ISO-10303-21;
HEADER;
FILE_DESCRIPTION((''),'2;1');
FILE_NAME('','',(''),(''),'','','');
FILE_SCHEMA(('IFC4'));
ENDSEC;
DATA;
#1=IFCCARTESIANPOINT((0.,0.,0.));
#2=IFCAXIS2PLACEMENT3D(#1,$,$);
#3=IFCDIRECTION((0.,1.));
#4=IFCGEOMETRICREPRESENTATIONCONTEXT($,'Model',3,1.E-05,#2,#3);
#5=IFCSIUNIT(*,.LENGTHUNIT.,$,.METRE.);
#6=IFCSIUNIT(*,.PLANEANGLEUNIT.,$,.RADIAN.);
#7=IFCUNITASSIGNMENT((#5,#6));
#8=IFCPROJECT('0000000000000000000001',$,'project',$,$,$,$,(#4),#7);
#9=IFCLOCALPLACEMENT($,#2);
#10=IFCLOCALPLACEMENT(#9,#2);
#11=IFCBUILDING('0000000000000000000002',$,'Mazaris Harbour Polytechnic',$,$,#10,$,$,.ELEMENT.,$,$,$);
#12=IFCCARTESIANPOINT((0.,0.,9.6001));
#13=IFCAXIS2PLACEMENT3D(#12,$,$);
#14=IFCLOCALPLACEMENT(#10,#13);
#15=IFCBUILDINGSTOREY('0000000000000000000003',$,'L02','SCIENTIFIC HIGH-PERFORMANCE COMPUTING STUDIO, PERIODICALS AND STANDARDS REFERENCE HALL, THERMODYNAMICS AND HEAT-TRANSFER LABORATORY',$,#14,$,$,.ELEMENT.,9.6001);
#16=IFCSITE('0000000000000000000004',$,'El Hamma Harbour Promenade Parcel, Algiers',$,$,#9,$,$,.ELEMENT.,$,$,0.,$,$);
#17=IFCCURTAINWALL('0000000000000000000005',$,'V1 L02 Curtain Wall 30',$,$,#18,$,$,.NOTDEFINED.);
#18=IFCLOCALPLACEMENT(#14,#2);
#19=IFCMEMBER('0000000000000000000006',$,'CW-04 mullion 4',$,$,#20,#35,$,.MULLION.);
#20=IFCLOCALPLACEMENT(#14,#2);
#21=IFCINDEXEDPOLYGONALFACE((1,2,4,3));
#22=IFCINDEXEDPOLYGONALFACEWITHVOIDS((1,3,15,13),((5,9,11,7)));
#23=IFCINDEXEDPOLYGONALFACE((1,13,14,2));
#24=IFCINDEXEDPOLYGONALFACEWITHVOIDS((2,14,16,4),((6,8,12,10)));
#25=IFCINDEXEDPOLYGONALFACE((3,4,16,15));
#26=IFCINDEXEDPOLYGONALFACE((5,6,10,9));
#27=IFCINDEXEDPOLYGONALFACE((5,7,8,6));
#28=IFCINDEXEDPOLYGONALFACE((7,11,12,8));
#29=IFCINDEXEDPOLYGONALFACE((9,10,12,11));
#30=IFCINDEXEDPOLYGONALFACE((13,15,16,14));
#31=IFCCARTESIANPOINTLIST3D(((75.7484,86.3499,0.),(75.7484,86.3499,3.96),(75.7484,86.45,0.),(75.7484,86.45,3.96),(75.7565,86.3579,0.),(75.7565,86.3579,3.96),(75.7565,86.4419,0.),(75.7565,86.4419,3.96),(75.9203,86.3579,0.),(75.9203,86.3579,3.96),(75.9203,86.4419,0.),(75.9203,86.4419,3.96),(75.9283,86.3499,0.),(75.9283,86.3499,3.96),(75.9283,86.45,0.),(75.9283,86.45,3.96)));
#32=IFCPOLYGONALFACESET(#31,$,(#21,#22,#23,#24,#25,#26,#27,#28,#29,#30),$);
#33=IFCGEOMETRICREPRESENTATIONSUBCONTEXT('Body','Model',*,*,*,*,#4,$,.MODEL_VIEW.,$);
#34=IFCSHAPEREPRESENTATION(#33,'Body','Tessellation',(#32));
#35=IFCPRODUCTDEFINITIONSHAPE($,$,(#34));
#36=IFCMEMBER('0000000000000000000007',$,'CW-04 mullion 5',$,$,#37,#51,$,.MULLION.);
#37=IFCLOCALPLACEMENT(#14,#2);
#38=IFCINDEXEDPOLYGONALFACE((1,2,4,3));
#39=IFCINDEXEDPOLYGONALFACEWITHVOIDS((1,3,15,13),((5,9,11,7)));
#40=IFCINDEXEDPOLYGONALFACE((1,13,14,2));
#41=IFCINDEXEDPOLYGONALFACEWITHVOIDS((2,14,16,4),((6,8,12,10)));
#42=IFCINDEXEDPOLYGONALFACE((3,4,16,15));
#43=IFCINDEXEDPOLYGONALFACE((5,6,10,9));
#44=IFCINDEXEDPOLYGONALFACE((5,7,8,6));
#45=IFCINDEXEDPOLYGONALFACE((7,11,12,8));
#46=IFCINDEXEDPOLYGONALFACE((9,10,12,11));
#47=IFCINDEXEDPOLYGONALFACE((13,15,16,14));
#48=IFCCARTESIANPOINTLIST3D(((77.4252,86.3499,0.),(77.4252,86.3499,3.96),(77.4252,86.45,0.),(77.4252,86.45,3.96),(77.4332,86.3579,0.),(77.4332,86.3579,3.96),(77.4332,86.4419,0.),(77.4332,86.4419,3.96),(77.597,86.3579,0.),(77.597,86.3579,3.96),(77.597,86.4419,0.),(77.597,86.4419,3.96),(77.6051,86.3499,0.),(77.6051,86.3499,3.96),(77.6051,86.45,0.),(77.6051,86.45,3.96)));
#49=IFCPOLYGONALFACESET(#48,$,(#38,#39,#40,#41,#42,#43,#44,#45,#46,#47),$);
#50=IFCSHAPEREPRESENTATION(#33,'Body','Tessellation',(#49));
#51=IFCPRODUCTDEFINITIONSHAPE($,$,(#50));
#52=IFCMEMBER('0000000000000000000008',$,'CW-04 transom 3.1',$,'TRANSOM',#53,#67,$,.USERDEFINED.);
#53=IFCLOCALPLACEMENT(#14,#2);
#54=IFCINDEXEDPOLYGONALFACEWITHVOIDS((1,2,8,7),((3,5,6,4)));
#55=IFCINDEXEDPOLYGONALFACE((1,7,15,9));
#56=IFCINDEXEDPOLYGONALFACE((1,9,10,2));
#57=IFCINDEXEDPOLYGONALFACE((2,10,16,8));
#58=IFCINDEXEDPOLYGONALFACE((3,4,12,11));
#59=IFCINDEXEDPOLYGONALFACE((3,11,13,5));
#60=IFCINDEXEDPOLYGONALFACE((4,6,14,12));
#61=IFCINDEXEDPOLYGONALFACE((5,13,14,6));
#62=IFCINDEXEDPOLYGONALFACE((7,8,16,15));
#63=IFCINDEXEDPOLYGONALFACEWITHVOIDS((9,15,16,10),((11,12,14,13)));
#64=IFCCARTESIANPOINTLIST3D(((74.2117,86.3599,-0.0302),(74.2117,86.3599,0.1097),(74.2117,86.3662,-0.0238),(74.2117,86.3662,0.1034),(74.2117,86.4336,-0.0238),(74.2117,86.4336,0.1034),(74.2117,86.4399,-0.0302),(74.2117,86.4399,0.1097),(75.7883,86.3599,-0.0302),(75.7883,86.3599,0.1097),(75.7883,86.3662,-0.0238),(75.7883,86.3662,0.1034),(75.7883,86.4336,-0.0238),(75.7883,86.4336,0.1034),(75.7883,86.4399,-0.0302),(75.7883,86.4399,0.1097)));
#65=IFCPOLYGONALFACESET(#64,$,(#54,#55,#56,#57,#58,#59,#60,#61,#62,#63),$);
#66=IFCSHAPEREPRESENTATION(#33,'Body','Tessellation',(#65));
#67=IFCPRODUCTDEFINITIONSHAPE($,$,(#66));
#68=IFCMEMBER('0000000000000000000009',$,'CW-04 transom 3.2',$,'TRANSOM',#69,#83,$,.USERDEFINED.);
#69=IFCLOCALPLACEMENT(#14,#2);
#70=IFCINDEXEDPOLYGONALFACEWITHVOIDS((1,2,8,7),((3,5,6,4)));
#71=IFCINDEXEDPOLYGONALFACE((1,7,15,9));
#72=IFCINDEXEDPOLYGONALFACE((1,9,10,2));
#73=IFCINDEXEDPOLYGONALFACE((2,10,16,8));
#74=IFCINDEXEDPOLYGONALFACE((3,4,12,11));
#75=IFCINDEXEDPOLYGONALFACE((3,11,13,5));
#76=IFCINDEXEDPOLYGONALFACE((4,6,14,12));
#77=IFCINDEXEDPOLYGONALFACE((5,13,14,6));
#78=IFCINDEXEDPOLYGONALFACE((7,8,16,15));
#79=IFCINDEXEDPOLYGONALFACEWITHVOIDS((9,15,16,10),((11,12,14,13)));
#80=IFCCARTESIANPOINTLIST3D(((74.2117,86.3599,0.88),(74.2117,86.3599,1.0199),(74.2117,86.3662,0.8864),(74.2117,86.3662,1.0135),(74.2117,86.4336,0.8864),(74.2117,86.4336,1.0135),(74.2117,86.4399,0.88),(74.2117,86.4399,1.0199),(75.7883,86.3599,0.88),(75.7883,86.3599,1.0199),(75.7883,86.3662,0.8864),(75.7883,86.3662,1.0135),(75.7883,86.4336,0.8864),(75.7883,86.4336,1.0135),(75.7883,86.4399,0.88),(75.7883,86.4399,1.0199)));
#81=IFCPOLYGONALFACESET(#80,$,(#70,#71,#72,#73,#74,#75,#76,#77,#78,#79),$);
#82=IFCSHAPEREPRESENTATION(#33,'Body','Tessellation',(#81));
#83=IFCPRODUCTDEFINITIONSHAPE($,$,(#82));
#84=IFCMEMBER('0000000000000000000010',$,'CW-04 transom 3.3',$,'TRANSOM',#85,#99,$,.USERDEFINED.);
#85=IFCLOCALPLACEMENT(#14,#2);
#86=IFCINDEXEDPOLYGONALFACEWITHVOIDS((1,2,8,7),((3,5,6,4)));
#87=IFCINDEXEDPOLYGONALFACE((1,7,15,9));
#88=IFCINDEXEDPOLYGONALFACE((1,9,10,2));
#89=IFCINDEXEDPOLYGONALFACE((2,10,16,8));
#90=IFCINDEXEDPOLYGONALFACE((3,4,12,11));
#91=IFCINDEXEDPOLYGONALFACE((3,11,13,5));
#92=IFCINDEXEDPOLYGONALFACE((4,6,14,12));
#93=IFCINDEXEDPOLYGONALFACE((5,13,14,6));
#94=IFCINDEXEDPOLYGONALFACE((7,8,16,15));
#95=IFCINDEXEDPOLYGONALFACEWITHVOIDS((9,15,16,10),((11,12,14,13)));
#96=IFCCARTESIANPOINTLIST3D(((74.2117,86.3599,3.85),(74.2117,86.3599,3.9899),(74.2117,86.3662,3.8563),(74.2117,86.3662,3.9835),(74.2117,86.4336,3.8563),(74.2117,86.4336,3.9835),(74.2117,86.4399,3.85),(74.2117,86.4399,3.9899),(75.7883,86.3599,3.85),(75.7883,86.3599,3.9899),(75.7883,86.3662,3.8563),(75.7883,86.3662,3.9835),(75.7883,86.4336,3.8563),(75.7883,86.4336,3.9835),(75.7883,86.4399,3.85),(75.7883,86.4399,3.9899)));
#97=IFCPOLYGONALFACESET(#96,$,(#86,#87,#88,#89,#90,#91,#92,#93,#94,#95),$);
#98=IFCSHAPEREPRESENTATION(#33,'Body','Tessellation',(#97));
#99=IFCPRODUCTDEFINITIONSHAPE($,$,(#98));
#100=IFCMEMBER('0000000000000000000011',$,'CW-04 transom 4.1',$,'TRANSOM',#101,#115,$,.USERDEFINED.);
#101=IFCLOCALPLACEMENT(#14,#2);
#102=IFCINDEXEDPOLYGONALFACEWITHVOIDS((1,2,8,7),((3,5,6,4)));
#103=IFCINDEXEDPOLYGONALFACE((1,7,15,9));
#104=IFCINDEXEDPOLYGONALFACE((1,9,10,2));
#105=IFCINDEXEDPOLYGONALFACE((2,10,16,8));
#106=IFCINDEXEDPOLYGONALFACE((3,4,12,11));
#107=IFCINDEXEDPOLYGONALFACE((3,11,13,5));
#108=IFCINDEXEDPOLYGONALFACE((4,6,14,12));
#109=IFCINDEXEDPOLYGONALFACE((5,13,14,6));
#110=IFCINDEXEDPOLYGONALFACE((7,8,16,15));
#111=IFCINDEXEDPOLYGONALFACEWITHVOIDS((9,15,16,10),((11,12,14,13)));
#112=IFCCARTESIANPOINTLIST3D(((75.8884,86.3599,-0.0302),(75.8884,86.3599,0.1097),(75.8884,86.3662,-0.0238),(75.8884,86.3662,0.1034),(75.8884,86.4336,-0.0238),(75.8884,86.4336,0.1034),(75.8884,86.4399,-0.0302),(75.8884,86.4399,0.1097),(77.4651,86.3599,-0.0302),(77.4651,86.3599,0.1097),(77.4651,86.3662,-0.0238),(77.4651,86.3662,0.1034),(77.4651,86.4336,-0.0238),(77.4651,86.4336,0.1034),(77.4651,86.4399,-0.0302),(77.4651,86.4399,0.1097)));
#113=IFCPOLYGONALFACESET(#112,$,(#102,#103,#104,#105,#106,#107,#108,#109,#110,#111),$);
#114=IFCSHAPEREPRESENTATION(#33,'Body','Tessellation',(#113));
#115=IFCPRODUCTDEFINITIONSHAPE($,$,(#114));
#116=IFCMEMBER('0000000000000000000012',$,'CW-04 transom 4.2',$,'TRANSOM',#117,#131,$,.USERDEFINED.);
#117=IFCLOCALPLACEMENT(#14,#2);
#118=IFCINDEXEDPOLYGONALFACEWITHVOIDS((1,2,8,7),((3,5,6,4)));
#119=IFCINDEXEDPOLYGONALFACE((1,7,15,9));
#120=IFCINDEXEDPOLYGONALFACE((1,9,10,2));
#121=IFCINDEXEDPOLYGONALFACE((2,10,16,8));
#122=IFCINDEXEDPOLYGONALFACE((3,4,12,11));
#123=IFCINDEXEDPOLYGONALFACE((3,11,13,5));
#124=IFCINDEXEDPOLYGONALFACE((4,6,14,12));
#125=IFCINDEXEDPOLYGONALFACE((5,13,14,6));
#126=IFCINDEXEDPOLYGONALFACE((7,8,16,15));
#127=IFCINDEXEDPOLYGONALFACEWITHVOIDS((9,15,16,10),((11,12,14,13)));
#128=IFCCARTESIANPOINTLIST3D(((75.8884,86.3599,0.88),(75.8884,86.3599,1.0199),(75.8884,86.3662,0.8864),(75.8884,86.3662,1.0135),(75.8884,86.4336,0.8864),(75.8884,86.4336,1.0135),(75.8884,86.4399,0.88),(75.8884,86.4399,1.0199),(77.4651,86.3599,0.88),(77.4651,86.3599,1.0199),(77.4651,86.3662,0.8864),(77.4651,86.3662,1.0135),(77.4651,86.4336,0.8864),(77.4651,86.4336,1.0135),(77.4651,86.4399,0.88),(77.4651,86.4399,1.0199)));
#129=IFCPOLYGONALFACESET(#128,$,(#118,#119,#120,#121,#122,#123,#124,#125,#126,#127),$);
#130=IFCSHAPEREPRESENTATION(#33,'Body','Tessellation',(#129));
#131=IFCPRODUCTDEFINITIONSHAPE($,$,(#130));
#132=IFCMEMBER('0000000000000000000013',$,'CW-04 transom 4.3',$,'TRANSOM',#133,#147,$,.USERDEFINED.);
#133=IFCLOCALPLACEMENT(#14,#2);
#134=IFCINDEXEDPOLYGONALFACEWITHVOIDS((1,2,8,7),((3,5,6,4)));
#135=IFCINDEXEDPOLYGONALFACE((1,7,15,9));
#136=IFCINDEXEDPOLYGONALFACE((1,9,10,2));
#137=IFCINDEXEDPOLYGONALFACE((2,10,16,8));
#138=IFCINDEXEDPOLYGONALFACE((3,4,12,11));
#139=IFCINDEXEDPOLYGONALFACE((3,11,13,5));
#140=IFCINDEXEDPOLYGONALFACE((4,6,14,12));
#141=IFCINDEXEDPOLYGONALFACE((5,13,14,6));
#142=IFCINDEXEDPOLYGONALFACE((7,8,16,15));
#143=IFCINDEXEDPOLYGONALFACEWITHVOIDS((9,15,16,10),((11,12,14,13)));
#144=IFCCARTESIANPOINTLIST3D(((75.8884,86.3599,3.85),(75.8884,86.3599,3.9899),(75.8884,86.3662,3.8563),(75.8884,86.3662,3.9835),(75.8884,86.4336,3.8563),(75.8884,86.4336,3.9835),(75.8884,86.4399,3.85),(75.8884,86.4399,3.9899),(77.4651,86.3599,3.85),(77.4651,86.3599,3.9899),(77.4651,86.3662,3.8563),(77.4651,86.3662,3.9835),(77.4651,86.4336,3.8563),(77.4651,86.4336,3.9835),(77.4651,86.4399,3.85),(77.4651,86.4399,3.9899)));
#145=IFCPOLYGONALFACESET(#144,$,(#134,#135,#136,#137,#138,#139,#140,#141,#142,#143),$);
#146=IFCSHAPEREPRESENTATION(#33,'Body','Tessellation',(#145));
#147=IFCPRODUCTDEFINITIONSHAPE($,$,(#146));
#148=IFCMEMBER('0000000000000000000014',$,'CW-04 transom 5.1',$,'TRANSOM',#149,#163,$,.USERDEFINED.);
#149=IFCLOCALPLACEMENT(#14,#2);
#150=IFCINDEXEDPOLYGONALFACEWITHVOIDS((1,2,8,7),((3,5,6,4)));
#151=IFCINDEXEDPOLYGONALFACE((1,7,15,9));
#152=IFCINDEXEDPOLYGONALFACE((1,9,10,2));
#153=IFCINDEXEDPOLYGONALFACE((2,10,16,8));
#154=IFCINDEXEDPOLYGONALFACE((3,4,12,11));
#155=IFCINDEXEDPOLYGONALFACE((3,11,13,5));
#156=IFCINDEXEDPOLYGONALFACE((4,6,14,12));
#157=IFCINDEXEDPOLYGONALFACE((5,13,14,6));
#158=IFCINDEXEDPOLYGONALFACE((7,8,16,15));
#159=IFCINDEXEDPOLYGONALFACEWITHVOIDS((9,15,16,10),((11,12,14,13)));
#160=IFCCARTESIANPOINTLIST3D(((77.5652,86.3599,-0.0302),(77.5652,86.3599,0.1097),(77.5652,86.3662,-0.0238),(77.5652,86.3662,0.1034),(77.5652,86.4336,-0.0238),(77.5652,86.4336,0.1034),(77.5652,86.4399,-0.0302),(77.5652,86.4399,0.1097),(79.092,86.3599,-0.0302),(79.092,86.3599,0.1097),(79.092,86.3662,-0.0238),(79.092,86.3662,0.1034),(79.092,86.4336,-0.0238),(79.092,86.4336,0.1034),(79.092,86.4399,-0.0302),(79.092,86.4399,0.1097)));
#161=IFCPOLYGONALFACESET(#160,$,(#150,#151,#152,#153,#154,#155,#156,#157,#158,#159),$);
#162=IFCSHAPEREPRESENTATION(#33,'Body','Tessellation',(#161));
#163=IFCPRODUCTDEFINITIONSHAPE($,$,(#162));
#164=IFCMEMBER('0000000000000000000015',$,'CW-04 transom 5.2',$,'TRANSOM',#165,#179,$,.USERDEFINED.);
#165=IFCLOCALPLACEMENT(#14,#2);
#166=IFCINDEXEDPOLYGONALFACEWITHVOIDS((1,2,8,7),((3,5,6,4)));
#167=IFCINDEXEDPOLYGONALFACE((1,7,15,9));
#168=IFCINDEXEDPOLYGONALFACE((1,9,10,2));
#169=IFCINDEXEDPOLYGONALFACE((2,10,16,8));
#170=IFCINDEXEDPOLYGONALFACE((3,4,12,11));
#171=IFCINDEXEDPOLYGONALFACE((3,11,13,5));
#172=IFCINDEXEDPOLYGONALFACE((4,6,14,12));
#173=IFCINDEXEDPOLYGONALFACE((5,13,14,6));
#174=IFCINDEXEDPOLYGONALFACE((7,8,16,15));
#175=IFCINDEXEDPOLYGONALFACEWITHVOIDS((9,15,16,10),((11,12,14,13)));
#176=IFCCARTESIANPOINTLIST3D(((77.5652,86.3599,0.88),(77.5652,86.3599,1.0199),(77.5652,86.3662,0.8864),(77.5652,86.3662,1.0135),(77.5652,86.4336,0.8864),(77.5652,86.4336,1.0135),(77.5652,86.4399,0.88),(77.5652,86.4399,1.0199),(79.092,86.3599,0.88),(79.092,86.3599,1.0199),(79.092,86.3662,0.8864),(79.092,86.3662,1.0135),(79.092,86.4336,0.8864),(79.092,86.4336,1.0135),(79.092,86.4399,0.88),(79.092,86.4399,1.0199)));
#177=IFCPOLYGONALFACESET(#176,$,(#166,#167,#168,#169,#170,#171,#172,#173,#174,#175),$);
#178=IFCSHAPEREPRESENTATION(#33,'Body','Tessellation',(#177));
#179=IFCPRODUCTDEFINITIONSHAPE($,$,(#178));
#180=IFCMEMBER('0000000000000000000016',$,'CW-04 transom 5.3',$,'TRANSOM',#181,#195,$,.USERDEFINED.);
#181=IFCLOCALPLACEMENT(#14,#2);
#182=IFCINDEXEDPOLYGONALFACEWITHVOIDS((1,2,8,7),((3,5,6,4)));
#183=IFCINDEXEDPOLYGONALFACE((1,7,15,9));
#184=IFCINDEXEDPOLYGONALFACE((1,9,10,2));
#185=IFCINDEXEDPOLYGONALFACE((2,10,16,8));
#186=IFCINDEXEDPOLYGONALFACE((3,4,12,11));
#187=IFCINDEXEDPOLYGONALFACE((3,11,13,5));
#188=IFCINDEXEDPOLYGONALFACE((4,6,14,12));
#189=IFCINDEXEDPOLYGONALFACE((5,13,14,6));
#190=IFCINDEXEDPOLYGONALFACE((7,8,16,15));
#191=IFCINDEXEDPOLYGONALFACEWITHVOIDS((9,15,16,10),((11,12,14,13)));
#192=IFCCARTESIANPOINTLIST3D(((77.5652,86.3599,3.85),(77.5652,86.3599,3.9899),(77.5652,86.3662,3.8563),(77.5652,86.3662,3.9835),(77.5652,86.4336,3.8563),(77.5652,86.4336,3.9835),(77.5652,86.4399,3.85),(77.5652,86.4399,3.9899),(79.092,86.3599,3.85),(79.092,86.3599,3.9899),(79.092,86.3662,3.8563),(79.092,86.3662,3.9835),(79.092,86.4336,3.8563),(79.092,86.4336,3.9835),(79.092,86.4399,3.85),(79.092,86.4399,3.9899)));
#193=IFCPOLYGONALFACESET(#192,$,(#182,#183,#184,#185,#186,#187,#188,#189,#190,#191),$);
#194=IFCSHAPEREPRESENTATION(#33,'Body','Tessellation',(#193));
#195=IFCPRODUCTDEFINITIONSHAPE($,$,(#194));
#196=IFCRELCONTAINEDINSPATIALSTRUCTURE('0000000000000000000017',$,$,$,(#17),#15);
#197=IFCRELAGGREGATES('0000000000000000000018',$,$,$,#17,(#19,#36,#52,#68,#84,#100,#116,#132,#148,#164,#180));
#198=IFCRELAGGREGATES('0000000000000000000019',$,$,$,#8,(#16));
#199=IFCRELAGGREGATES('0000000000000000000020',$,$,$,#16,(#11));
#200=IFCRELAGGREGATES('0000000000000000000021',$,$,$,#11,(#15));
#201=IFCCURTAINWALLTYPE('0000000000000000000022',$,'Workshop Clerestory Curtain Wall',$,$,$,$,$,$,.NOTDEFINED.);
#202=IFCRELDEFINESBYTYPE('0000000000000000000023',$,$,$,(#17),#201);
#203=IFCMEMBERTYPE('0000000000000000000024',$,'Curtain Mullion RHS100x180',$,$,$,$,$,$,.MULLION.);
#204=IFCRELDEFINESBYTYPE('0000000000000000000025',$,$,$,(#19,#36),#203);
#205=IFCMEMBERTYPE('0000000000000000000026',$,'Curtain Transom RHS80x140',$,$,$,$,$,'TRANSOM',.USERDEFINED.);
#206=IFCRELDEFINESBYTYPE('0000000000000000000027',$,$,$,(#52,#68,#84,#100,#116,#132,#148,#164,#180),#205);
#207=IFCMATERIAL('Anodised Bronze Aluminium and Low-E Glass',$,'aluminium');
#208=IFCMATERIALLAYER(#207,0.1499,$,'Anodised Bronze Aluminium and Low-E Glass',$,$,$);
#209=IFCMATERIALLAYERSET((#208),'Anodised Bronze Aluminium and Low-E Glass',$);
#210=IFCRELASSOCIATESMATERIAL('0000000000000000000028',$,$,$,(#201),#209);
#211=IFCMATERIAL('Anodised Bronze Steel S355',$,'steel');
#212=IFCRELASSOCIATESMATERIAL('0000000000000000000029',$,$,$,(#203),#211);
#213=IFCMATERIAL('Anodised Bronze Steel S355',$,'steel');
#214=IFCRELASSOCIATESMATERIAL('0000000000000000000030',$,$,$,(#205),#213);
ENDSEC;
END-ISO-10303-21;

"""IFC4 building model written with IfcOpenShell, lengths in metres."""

from ifc_helpers import new_model, si_unit, direction, frame, origin, origin_2d, place, context, subcontext, project, spatial, hollow_rectangle, extrude, material, layer, layer_set, material_profile, profile_set, type_object, element, aggregate, save


model = new_model("IFC4")

# Units and contexts
model_context = context("Model", 3, precision=1e-05, world=origin(), true_north=direction((0.0, 1.0)))
body_context = subcontext(model_context, "Body", "Model", "MODEL_VIEW")
ifc_project = project(units=[si_unit("LENGTHUNIT", "METRE"), si_unit("PLANEANGLEUNIT", "RADIAN")], contexts=[model_context])

# Site, building, storey
site_placement = place(None, origin())
site = spatial("IfcSite", under=ifc_project, at=site_placement, Name="El Hamma Harbour Promenade Parcel, Algiers", CompositionType="ELEMENT", RefElevation=0.0)
building_placement = place(site_placement, origin())
building = spatial("IfcBuilding", under=site, at=building_placement, Name="Mazaris Harbour Polytechnic", CompositionType="ELEMENT")
storey_placement = place(building_placement, frame((0.0, 0.0, 9.6001)))
storey = spatial("IfcBuildingStorey", under=building, at=storey_placement, Name="L02", Description="SCIENTIFIC HIGH-PERFORMANCE COMPUTING STUDIO, PERIODICALS AND STANDARDS REFERENCE HALL, THERMODYNAMICS AND HEAT-TRANSFER LABORATORY", CompositionType="ELEMENT", Elevation=9.6001)

# Curtain wall, members
ifc_material_1 = material(Name="Anodised Bronze Aluminium and Low-E Glass", Category="aluminium")
ifc_layer_1 = layer(ifc_material_1, 0.1499, Name="Anodised Bronze Aluminium and Low-E Glass")
ifc_layer_set_1 = layer_set([ifc_layer_1], Name="Anodised Bronze Aluminium and Low-E Glass")
curtain_wall_type = type_object("IfcCurtainWallType", Name="Workshop Clerestory Curtain Wall", PredefinedType="NOTDEFINED", material=ifc_layer_set_1)
curtain_wall_placement = place(storey_placement, origin())
curtain_wall = element("IfcCurtainWall", 1, at=curtain_wall_placement, inside=storey, type_object=curtain_wall_type, Name="V1 L02 Curtain Wall 30", PredefinedType="NOTDEFINED")
ifc_material_2 = material(Name="Anodised Bronze Steel S355", Category="steel")
ifc_material_profile_1 = material_profile(ifc_material_2, hollow_rectangle(XDim=0.1001, YDim=0.1799, WallThickness=0.0081, at=origin_2d()), Name="RHS 100x180x8.0")
ifc_profile_set_1 = profile_set([ifc_material_profile_1], Name="Anodised Bronze Steel S355")
member_type_1 = type_object("IfcMemberType", Name="Curtain Mullion RHS100x180", PredefinedType="MULLION", material=ifc_profile_set_1)
member_1_placement = place(storey_placement, frame((75.8384, 86.3999, 0.0), z_axis=(0.0, 0.0, 1.0), x_axis=(0.0, 1.0, 0.0)))
member_1 = element("IfcMember", 2, at=member_1_placement, type_object=member_type_1, Name="CW-04 mullion 4", PredefinedType="MULLION", context=body_context, shape_type="SweptSolid", body=[
    extrude(hollow_rectangle(XDim=0.1001, YDim=0.1799, WallThickness=0.0081, at=origin_2d()), origin(), (0.0, 0.0, 1.0), 3.96),
])
member_2_placement = place(storey_placement, frame((77.5151, 86.3999, 0.0), z_axis=(0.0, 0.0, 1.0), x_axis=(0.0, 1.0, 0.0)))
member_2 = element("IfcMember", 3, at=member_2_placement, type_object=member_type_1, Name="CW-04 mullion 5", PredefinedType="MULLION", context=body_context, shape_type="SweptSolid", body=[
    extrude(hollow_rectangle(XDim=0.1001, YDim=0.1799, WallThickness=0.0081, at=origin_2d()), origin(), (0.0, 0.0, 1.0), 3.96),
])
ifc_material_3 = material(Name="Anodised Bronze Steel S355", Category="steel")
ifc_material_profile_2 = material_profile(ifc_material_3, hollow_rectangle(XDim=0.0801, YDim=0.1399, WallThickness=0.0063, at=origin_2d()), Name="RHS 80x140x6.3")
ifc_profile_set_2 = profile_set([ifc_material_profile_2], Name="Anodised Bronze Steel S355")
member_type_2 = type_object("IfcMemberType", Name="Curtain Transom RHS80x140", ElementType="TRANSOM", PredefinedType="USERDEFINED", material=ifc_profile_set_2)
member_3_placement = place(storey_placement, frame((74.2117, 86.3999, 0.0398), z_axis=(1.0, 0.0, 0.0), x_axis=(0.0, 1.0, 0.0)))
member_3 = element("IfcMember", 4, at=member_3_placement, type_object=member_type_2, Name="CW-04 transom 3.1", ObjectType="TRANSOM", PredefinedType="USERDEFINED", context=body_context, shape_type="SweptSolid", body=[
    extrude(hollow_rectangle(XDim=0.0801, YDim=0.1399, WallThickness=0.0063, at=origin_2d()), origin(), (0.0, 0.0, 1.0), 1.5767),
])
member_4_placement = place(storey_placement, frame((74.2117, 86.3999, 0.95), z_axis=(1.0, 0.0, 0.0), x_axis=(0.0, 1.0, 0.0)))
member_4 = element("IfcMember", 5, at=member_4_placement, type_object=member_type_2, Name="CW-04 transom 3.2", ObjectType="TRANSOM", PredefinedType="USERDEFINED", context=body_context, shape_type="SweptSolid", body=[
    extrude(hollow_rectangle(XDim=0.0801, YDim=0.1399, WallThickness=0.0063, at=origin_2d()), origin(), (0.0, 0.0, 1.0), 1.5767),
])
member_5_placement = place(storey_placement, frame((74.2117, 86.3999, 3.9199), z_axis=(1.0, 0.0, 0.0), x_axis=(0.0, 1.0, 0.0)))
member_5 = element("IfcMember", 6, at=member_5_placement, type_object=member_type_2, Name="CW-04 transom 3.3", ObjectType="TRANSOM", PredefinedType="USERDEFINED", context=body_context, shape_type="SweptSolid", body=[
    extrude(hollow_rectangle(XDim=0.0801, YDim=0.1399, WallThickness=0.0063, at=origin_2d()), origin(), (0.0, 0.0, 1.0), 1.5767),
])
member_6_placement = place(storey_placement, frame((75.8884, 86.3999, 0.0398), z_axis=(1.0, 0.0, 0.0), x_axis=(0.0, 1.0, 0.0)))
member_6 = element("IfcMember", 7, at=member_6_placement, type_object=member_type_2, Name="CW-04 transom 4.1", ObjectType="TRANSOM", PredefinedType="USERDEFINED", context=body_context, shape_type="SweptSolid", body=[
    extrude(hollow_rectangle(XDim=0.0801, YDim=0.1399, WallThickness=0.0063, at=origin_2d()), origin(), (0.0, 0.0, 1.0), 1.5767),
])
member_7_placement = place(storey_placement, frame((75.8884, 86.3999, 0.95), z_axis=(1.0, 0.0, 0.0), x_axis=(0.0, 1.0, 0.0)))
member_7 = element("IfcMember", 8, at=member_7_placement, type_object=member_type_2, Name="CW-04 transom 4.2", ObjectType="TRANSOM", PredefinedType="USERDEFINED", context=body_context, shape_type="SweptSolid", body=[
    extrude(hollow_rectangle(XDim=0.0801, YDim=0.1399, WallThickness=0.0063, at=origin_2d()), origin(), (0.0, 0.0, 1.0), 1.5767),
])
member_8_placement = place(storey_placement, frame((75.8884, 86.3999, 3.9199), z_axis=(1.0, 0.0, 0.0), x_axis=(0.0, 1.0, 0.0)))
member_8 = element("IfcMember", 9, at=member_8_placement, type_object=member_type_2, Name="CW-04 transom 4.3", ObjectType="TRANSOM", PredefinedType="USERDEFINED", context=body_context, shape_type="SweptSolid", body=[
    extrude(hollow_rectangle(XDim=0.0801, YDim=0.1399, WallThickness=0.0063, at=origin_2d()), origin(), (0.0, 0.0, 1.0), 1.5767),
])
member_9_placement = place(storey_placement, frame((77.5652, 86.3999, 0.0398), z_axis=(1.0, 0.0, 0.0), x_axis=(0.0, 1.0, 0.0)))
member_9 = element("IfcMember", 10, at=member_9_placement, type_object=member_type_2, Name="CW-04 transom 5.1", ObjectType="TRANSOM", PredefinedType="USERDEFINED", context=body_context, shape_type="SweptSolid", body=[
    extrude(hollow_rectangle(XDim=0.0801, YDim=0.1399, WallThickness=0.0063, at=origin_2d()), origin(), (0.0, 0.0, 1.0), 1.5269),
])
member_10_placement = place(storey_placement, frame((77.5652, 86.3999, 0.95), z_axis=(1.0, 0.0, 0.0), x_axis=(0.0, 1.0, 0.0)))
member_10 = element("IfcMember", 11, at=member_10_placement, type_object=member_type_2, Name="CW-04 transom 5.2", ObjectType="TRANSOM", PredefinedType="USERDEFINED", context=body_context, shape_type="SweptSolid", body=[
    extrude(hollow_rectangle(XDim=0.0801, YDim=0.1399, WallThickness=0.0063, at=origin_2d()), origin(), (0.0, 0.0, 1.0), 1.5269),
])
member_11_placement = place(storey_placement, frame((77.5652, 86.3999, 3.9199), z_axis=(1.0, 0.0, 0.0), x_axis=(0.0, 1.0, 0.0)))
member_11 = element("IfcMember", 12, at=member_11_placement, type_object=member_type_2, Name="CW-04 transom 5.3", ObjectType="TRANSOM", PredefinedType="USERDEFINED", context=body_context, shape_type="SweptSolid", body=[
    extrude(hollow_rectangle(XDim=0.0801, YDim=0.1399, WallThickness=0.0063, at=origin_2d()), origin(), (0.0, 0.0, 1.0), 1.5269),
])
aggregate(curtain_wall, [member_1, member_2, member_3, member_4, member_5, member_6, member_7, member_8, member_9, member_10, member_11])

save(model, "model.ifc")
